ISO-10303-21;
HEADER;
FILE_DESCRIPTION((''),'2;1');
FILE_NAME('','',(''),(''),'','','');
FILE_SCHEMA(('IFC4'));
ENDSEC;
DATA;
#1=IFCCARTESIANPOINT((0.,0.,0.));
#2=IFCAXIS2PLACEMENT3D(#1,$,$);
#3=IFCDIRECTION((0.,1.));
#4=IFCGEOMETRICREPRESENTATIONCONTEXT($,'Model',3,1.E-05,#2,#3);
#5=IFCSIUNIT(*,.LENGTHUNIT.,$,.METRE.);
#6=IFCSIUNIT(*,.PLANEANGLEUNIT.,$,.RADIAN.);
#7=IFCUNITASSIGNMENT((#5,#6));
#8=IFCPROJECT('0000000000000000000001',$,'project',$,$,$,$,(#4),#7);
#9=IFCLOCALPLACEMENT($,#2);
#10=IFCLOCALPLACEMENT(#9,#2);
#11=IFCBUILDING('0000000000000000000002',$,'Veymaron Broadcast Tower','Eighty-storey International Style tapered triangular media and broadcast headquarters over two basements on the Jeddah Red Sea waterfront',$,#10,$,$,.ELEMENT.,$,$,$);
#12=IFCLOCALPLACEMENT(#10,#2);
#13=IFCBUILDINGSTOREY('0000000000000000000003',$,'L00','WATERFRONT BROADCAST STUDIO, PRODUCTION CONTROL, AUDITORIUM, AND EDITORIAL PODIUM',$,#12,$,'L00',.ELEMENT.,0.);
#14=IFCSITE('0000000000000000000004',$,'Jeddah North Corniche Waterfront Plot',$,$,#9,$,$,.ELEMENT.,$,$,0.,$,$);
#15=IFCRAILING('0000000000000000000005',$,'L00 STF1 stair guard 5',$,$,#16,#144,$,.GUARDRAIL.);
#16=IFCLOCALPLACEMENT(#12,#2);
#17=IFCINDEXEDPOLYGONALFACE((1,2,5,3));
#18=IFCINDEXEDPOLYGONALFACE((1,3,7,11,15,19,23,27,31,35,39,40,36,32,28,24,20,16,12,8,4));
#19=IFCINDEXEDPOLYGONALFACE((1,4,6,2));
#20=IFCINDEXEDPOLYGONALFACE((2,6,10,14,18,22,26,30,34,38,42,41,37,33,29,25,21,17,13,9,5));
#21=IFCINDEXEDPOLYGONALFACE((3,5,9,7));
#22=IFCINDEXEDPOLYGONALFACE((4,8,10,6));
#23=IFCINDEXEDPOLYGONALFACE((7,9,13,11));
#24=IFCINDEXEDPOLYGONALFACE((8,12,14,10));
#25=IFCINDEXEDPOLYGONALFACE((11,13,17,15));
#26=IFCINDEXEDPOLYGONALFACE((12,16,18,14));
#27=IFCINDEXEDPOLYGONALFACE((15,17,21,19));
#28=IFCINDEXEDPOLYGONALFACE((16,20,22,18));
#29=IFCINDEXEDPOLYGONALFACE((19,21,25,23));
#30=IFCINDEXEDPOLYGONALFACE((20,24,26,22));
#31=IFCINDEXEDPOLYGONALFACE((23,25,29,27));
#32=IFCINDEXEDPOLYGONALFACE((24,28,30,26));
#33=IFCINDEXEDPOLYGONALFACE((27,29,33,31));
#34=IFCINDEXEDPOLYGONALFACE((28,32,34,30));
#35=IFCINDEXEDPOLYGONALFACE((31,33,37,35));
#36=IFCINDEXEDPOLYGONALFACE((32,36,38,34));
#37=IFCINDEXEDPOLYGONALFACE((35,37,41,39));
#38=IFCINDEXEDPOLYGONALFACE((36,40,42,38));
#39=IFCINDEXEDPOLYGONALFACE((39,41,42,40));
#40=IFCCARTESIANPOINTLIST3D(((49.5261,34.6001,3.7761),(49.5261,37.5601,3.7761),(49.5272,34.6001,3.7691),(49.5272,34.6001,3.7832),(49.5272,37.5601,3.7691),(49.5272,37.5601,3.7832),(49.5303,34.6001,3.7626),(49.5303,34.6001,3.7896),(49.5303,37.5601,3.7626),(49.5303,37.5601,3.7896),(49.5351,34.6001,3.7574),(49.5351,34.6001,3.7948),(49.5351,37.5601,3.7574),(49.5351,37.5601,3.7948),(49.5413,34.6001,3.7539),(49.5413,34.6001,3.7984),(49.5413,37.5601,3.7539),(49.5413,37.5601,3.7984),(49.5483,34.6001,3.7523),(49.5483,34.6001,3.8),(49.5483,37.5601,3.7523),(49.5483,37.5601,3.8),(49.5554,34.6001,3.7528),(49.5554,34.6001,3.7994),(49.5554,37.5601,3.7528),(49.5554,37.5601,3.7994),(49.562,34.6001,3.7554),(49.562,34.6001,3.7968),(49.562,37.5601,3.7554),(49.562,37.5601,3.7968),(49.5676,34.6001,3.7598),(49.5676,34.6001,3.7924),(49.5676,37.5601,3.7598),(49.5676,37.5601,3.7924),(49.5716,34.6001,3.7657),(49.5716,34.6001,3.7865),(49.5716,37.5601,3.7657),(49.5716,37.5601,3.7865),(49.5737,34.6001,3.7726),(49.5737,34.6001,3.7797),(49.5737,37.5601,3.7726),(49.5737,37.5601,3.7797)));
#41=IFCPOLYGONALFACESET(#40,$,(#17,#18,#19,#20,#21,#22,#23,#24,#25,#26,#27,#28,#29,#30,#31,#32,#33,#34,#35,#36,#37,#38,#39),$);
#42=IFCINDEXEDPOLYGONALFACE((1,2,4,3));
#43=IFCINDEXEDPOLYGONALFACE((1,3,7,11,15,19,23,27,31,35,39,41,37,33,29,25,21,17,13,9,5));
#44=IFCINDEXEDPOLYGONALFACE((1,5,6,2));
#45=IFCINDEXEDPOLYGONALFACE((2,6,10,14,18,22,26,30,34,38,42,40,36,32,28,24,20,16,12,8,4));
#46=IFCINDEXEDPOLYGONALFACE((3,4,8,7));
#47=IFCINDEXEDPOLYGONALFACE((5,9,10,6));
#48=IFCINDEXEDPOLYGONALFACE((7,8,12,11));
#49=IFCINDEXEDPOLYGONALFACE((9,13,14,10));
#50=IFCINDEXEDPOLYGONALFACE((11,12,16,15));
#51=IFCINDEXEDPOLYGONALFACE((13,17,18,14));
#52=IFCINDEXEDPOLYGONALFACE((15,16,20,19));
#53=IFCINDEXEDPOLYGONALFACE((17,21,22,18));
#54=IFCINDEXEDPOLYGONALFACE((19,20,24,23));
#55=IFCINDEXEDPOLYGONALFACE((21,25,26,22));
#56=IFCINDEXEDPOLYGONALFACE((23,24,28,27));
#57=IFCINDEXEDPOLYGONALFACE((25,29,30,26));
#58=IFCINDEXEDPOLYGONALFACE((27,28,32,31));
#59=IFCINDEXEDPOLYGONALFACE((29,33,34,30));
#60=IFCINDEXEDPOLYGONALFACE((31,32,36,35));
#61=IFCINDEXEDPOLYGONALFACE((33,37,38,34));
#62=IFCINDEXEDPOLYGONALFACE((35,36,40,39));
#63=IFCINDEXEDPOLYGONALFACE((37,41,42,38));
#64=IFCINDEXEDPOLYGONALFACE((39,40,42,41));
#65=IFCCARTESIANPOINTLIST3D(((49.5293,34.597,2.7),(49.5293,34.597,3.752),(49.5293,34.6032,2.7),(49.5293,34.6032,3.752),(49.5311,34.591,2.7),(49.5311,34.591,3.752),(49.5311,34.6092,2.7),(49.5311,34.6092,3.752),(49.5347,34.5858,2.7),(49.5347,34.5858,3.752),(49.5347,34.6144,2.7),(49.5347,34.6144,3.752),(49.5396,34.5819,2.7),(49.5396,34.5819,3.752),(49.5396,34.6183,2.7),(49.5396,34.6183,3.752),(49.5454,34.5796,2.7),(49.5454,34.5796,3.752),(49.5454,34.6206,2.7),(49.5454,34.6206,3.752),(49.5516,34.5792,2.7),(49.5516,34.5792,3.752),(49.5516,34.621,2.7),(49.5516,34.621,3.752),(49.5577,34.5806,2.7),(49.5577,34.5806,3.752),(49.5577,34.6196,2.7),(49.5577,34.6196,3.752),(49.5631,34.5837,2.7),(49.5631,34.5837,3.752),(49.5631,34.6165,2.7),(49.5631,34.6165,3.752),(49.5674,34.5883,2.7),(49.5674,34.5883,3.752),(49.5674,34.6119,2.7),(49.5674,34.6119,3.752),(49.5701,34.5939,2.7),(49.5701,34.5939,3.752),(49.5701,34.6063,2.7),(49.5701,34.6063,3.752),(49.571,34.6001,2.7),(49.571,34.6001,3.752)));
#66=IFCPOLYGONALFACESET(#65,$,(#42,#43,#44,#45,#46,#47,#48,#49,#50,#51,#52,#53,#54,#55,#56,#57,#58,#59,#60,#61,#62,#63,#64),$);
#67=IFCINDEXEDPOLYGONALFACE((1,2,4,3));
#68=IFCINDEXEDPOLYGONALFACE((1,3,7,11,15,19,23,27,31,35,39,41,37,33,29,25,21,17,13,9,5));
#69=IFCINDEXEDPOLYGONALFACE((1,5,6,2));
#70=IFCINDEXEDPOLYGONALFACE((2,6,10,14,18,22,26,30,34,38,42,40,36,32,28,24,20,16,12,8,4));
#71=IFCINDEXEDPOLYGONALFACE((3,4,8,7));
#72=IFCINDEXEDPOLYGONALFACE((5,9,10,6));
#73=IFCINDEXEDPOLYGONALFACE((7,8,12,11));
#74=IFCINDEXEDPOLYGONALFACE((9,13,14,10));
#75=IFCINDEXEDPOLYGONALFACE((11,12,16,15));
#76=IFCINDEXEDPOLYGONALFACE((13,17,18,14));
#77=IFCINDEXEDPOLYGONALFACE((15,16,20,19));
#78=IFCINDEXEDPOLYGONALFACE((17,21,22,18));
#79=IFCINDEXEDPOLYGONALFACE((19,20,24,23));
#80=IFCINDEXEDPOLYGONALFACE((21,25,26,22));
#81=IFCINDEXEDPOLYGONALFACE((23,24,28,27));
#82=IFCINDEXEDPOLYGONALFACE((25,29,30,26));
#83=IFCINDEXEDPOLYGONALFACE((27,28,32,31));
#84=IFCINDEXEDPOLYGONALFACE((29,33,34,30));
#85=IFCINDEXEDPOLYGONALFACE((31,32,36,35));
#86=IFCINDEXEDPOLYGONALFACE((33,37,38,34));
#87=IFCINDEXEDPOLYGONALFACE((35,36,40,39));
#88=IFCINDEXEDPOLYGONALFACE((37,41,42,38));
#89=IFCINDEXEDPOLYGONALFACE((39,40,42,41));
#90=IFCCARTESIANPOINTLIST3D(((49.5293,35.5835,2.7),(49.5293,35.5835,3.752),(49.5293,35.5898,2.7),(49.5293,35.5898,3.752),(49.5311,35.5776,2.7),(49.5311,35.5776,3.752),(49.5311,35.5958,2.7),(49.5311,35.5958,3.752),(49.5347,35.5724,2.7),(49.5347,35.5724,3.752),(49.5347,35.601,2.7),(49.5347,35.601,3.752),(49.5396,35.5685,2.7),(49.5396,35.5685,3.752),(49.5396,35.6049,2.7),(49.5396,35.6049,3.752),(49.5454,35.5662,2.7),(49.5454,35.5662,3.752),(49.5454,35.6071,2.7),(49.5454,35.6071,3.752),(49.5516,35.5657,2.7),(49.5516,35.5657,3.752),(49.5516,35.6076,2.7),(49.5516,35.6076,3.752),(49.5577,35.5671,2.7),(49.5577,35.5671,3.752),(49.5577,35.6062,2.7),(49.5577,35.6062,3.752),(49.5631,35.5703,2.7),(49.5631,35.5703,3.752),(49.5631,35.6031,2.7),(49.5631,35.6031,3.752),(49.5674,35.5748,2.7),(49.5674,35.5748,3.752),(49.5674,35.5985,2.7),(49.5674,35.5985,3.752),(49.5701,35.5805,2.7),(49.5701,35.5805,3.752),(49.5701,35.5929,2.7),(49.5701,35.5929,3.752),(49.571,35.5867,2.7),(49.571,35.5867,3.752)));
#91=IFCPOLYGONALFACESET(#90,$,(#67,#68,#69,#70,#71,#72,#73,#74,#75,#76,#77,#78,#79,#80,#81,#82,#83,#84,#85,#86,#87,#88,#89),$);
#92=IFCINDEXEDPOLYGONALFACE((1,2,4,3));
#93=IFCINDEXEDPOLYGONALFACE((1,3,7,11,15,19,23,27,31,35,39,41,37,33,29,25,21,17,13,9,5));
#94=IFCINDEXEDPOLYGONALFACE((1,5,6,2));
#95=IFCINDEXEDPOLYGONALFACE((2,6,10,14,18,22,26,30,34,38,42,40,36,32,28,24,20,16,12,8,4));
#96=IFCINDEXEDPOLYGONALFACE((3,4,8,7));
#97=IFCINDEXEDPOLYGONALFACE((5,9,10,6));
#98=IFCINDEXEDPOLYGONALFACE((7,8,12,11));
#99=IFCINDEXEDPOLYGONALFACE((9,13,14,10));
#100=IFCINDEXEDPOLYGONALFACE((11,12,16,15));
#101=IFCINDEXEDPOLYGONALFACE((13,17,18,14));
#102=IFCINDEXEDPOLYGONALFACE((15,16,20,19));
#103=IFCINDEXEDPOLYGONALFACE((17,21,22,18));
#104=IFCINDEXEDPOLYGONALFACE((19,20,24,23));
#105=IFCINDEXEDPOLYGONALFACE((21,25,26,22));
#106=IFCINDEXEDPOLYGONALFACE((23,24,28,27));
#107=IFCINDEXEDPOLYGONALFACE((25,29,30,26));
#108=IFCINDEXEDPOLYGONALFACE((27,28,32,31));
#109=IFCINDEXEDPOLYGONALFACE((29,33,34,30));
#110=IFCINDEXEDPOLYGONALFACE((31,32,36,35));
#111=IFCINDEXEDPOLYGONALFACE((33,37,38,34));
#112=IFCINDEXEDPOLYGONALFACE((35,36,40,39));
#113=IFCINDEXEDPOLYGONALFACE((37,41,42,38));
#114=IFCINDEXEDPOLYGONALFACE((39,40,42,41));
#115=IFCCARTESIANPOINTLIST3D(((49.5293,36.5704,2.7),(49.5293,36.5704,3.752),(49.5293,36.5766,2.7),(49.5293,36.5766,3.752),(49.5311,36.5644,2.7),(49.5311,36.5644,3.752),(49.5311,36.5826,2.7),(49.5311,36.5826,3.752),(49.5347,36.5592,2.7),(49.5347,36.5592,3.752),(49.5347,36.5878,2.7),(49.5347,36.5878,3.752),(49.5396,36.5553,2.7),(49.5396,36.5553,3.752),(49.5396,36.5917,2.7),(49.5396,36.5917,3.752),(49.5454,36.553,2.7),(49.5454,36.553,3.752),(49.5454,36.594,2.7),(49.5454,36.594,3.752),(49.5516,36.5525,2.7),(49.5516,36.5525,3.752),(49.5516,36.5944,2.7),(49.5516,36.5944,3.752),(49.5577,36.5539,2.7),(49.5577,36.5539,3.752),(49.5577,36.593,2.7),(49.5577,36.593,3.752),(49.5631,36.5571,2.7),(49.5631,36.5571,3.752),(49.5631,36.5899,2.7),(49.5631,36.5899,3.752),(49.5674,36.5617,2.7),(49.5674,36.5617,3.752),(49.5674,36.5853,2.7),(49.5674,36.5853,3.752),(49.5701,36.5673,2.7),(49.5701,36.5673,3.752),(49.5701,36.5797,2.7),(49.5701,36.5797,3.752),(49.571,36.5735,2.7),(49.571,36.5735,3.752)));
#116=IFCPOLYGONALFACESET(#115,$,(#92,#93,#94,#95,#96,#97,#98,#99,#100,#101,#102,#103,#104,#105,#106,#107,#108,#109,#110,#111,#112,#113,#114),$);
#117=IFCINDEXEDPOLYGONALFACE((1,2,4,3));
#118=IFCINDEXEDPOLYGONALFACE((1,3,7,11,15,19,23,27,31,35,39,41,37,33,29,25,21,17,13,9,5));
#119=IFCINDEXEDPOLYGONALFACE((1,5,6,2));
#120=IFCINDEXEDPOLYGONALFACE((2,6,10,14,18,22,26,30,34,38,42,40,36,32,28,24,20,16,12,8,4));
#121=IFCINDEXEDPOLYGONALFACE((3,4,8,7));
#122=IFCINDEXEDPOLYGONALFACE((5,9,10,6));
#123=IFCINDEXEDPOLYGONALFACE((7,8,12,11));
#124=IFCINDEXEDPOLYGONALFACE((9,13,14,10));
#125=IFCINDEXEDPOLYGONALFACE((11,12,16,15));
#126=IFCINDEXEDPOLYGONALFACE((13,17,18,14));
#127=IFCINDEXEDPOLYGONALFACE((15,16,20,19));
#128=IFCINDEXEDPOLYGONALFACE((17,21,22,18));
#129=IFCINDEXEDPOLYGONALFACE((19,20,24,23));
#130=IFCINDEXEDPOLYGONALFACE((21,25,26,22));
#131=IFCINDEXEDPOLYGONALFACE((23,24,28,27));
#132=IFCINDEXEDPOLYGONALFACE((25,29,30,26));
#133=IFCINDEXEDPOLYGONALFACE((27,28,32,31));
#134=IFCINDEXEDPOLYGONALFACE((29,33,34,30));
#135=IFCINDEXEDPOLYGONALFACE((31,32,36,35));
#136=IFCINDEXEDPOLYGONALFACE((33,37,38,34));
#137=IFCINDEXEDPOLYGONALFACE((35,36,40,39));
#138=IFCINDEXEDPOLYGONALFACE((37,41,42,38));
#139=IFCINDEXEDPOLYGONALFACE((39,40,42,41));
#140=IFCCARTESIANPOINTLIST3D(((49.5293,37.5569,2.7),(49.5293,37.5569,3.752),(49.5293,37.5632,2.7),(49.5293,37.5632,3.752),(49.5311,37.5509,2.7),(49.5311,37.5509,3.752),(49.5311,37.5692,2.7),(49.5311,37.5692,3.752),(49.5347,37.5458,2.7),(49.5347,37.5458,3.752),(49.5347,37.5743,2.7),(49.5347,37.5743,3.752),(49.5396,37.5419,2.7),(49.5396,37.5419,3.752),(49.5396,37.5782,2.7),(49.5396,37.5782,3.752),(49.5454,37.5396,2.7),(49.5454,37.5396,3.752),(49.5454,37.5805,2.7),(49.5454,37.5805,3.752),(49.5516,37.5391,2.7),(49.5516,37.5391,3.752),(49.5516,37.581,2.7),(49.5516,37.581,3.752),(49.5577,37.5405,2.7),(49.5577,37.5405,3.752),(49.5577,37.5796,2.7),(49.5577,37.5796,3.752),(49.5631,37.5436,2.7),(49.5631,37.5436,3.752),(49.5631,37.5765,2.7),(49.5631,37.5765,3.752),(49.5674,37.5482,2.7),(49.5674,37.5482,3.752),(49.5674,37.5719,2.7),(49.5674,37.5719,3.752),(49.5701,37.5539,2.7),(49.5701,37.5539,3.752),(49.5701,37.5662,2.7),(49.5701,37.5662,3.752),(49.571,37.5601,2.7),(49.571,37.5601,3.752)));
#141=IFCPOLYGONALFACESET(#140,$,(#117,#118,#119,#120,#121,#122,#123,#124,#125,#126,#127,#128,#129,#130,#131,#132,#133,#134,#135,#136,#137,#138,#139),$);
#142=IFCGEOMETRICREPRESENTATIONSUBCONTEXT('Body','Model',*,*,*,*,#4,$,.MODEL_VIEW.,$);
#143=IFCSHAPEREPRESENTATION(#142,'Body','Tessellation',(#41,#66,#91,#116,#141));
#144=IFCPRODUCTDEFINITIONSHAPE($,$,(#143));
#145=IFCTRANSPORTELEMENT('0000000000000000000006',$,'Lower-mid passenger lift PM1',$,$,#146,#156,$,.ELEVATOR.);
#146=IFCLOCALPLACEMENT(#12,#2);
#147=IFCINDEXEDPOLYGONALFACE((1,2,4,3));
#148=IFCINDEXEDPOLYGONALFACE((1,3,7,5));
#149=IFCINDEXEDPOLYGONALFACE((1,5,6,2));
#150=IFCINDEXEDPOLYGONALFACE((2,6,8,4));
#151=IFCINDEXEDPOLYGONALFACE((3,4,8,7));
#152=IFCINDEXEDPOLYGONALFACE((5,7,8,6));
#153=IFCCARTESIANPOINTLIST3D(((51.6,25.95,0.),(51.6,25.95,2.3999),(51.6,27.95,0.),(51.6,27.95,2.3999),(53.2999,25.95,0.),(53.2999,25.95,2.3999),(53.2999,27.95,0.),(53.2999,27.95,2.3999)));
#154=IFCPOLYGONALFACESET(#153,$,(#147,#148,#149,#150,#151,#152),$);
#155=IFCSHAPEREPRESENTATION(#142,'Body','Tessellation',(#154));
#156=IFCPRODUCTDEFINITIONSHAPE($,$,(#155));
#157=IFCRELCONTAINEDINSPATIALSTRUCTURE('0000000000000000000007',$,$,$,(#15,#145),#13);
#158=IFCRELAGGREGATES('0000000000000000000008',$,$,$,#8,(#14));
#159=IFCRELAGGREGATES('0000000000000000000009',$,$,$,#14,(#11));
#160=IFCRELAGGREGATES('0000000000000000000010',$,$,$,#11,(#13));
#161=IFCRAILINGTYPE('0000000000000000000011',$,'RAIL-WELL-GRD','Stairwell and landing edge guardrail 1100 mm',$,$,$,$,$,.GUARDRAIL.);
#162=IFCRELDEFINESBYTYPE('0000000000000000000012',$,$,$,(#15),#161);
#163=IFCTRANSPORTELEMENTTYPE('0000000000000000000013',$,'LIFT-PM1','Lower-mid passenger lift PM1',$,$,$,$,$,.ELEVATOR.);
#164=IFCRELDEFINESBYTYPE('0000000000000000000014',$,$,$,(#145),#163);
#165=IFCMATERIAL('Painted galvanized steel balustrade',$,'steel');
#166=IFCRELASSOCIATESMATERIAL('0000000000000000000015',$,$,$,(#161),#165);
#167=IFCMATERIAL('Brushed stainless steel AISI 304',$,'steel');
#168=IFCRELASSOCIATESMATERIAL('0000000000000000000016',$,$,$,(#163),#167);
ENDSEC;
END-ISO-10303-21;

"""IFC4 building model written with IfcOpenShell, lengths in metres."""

from ifc_helpers import new_model, si_unit, direction, frame, origin, origin_2d, place, context, subcontext, project, spatial, rectangle, circle, extrude, material, type_object, element, save


model = new_model("IFC4")

# Units and contexts
model_context = context("Model", 3, precision=1e-05, world=origin(), true_north=direction((0.0, 1.0)))
body_context = subcontext(model_context, "Body", "Model", "MODEL_VIEW")
ifc_project = project(units=[si_unit("LENGTHUNIT", "METRE"), si_unit("PLANEANGLEUNIT", "RADIAN")], contexts=[model_context])

# Site, building, storey
site_placement = place(None, origin())
site = spatial("IfcSite", under=ifc_project, at=site_placement, Name="Jeddah North Corniche Waterfront Plot", CompositionType="ELEMENT", RefElevation=0.0)
building_placement = place(site_placement, origin())
building = spatial("IfcBuilding", under=site, at=building_placement, Name="Veymaron Broadcast Tower", Description="Eighty-storey International Style tapered triangular media and broadcast headquarters over two basements on the Jeddah Red Sea waterfront", CompositionType="ELEMENT")
storey_placement = place(building_placement, origin())
storey = spatial("IfcBuildingStorey", under=building, at=storey_placement, Name="L00", Description="WATERFRONT BROADCAST STUDIO, PRODUCTION CONTROL, AUDITORIUM, AND EDITORIAL PODIUM", LongName="L00", CompositionType="ELEMENT", Elevation=0.0)

# Shared definitions
ifc_material_1 = material(Name="Brushed stainless steel AISI 304", Category="steel")

# Railing
ifc_material_2 = material(Name="Painted galvanized steel balustrade", Category="steel")
railing_type = type_object("IfcRailingType", Name="RAIL-WELL-GRD", Description="Stairwell and landing edge guardrail 1100 mm", PredefinedType="GUARDRAIL", material=ifc_material_2)
railing_placement = place(storey_placement, frame((49.55, 34.6001, 2.7)))
element("IfcRailing", 1, at=railing_placement, inside=storey, type_object=railing_type, Name="L00 STF1 stair guard 5", PredefinedType="GUARDRAIL", context=body_context, shape_type="SweptSolid", body=[
    extrude(circle(Radius=0.0239, at=origin_2d()), frame((0.0, 0.0, 1.0762), z_axis=(0.0, 1.0, 0.0), x_axis=(-1.0, 0.0, 0.0)), (0.0, 0.0, 1.0), 2.96),
    extrude(circle(Radius=0.021, at=origin_2d()), origin(), (0.0, 0.0, 1.0), 1.052),
    extrude(circle(Radius=0.021, at=origin_2d()), frame((0.0, 0.9866, 0.0)), (0.0, 0.0, 1.0), 1.052),
    extrude(circle(Radius=0.021, at=origin_2d()), frame((0.0, 1.9734, 0.0)), (0.0, 0.0, 1.0), 1.052),
    extrude(circle(Radius=0.021, at=origin_2d()), frame((0.0, 2.96, 0.0)), (0.0, 0.0, 1.0), 1.052),
])

# Transport element
transport_element_type = type_object("IfcTransportElementType", Name="LIFT-PM1", Description="Lower-mid passenger lift PM1", PredefinedType="ELEVATOR", material=ifc_material_1)
transport_element_placement = place(storey_placement, frame((52.45, 26.95, 0.0), z_axis=(0.0, 0.0, 1.0), x_axis=(1.0, 0.0, 0.0)))
element("IfcTransportElement", 2, at=transport_element_placement, inside=storey, type_object=transport_element_type, Name="Lower-mid passenger lift PM1", PredefinedType="ELEVATOR", context=body_context, shape_type="SweptSolid", body=[
    extrude(rectangle(XDim=1.7, YDim=2.0, at=origin_2d()), origin(), (0.0, 0.0, 1.0), 2.3999),
])

save(model, "model.ifc")
